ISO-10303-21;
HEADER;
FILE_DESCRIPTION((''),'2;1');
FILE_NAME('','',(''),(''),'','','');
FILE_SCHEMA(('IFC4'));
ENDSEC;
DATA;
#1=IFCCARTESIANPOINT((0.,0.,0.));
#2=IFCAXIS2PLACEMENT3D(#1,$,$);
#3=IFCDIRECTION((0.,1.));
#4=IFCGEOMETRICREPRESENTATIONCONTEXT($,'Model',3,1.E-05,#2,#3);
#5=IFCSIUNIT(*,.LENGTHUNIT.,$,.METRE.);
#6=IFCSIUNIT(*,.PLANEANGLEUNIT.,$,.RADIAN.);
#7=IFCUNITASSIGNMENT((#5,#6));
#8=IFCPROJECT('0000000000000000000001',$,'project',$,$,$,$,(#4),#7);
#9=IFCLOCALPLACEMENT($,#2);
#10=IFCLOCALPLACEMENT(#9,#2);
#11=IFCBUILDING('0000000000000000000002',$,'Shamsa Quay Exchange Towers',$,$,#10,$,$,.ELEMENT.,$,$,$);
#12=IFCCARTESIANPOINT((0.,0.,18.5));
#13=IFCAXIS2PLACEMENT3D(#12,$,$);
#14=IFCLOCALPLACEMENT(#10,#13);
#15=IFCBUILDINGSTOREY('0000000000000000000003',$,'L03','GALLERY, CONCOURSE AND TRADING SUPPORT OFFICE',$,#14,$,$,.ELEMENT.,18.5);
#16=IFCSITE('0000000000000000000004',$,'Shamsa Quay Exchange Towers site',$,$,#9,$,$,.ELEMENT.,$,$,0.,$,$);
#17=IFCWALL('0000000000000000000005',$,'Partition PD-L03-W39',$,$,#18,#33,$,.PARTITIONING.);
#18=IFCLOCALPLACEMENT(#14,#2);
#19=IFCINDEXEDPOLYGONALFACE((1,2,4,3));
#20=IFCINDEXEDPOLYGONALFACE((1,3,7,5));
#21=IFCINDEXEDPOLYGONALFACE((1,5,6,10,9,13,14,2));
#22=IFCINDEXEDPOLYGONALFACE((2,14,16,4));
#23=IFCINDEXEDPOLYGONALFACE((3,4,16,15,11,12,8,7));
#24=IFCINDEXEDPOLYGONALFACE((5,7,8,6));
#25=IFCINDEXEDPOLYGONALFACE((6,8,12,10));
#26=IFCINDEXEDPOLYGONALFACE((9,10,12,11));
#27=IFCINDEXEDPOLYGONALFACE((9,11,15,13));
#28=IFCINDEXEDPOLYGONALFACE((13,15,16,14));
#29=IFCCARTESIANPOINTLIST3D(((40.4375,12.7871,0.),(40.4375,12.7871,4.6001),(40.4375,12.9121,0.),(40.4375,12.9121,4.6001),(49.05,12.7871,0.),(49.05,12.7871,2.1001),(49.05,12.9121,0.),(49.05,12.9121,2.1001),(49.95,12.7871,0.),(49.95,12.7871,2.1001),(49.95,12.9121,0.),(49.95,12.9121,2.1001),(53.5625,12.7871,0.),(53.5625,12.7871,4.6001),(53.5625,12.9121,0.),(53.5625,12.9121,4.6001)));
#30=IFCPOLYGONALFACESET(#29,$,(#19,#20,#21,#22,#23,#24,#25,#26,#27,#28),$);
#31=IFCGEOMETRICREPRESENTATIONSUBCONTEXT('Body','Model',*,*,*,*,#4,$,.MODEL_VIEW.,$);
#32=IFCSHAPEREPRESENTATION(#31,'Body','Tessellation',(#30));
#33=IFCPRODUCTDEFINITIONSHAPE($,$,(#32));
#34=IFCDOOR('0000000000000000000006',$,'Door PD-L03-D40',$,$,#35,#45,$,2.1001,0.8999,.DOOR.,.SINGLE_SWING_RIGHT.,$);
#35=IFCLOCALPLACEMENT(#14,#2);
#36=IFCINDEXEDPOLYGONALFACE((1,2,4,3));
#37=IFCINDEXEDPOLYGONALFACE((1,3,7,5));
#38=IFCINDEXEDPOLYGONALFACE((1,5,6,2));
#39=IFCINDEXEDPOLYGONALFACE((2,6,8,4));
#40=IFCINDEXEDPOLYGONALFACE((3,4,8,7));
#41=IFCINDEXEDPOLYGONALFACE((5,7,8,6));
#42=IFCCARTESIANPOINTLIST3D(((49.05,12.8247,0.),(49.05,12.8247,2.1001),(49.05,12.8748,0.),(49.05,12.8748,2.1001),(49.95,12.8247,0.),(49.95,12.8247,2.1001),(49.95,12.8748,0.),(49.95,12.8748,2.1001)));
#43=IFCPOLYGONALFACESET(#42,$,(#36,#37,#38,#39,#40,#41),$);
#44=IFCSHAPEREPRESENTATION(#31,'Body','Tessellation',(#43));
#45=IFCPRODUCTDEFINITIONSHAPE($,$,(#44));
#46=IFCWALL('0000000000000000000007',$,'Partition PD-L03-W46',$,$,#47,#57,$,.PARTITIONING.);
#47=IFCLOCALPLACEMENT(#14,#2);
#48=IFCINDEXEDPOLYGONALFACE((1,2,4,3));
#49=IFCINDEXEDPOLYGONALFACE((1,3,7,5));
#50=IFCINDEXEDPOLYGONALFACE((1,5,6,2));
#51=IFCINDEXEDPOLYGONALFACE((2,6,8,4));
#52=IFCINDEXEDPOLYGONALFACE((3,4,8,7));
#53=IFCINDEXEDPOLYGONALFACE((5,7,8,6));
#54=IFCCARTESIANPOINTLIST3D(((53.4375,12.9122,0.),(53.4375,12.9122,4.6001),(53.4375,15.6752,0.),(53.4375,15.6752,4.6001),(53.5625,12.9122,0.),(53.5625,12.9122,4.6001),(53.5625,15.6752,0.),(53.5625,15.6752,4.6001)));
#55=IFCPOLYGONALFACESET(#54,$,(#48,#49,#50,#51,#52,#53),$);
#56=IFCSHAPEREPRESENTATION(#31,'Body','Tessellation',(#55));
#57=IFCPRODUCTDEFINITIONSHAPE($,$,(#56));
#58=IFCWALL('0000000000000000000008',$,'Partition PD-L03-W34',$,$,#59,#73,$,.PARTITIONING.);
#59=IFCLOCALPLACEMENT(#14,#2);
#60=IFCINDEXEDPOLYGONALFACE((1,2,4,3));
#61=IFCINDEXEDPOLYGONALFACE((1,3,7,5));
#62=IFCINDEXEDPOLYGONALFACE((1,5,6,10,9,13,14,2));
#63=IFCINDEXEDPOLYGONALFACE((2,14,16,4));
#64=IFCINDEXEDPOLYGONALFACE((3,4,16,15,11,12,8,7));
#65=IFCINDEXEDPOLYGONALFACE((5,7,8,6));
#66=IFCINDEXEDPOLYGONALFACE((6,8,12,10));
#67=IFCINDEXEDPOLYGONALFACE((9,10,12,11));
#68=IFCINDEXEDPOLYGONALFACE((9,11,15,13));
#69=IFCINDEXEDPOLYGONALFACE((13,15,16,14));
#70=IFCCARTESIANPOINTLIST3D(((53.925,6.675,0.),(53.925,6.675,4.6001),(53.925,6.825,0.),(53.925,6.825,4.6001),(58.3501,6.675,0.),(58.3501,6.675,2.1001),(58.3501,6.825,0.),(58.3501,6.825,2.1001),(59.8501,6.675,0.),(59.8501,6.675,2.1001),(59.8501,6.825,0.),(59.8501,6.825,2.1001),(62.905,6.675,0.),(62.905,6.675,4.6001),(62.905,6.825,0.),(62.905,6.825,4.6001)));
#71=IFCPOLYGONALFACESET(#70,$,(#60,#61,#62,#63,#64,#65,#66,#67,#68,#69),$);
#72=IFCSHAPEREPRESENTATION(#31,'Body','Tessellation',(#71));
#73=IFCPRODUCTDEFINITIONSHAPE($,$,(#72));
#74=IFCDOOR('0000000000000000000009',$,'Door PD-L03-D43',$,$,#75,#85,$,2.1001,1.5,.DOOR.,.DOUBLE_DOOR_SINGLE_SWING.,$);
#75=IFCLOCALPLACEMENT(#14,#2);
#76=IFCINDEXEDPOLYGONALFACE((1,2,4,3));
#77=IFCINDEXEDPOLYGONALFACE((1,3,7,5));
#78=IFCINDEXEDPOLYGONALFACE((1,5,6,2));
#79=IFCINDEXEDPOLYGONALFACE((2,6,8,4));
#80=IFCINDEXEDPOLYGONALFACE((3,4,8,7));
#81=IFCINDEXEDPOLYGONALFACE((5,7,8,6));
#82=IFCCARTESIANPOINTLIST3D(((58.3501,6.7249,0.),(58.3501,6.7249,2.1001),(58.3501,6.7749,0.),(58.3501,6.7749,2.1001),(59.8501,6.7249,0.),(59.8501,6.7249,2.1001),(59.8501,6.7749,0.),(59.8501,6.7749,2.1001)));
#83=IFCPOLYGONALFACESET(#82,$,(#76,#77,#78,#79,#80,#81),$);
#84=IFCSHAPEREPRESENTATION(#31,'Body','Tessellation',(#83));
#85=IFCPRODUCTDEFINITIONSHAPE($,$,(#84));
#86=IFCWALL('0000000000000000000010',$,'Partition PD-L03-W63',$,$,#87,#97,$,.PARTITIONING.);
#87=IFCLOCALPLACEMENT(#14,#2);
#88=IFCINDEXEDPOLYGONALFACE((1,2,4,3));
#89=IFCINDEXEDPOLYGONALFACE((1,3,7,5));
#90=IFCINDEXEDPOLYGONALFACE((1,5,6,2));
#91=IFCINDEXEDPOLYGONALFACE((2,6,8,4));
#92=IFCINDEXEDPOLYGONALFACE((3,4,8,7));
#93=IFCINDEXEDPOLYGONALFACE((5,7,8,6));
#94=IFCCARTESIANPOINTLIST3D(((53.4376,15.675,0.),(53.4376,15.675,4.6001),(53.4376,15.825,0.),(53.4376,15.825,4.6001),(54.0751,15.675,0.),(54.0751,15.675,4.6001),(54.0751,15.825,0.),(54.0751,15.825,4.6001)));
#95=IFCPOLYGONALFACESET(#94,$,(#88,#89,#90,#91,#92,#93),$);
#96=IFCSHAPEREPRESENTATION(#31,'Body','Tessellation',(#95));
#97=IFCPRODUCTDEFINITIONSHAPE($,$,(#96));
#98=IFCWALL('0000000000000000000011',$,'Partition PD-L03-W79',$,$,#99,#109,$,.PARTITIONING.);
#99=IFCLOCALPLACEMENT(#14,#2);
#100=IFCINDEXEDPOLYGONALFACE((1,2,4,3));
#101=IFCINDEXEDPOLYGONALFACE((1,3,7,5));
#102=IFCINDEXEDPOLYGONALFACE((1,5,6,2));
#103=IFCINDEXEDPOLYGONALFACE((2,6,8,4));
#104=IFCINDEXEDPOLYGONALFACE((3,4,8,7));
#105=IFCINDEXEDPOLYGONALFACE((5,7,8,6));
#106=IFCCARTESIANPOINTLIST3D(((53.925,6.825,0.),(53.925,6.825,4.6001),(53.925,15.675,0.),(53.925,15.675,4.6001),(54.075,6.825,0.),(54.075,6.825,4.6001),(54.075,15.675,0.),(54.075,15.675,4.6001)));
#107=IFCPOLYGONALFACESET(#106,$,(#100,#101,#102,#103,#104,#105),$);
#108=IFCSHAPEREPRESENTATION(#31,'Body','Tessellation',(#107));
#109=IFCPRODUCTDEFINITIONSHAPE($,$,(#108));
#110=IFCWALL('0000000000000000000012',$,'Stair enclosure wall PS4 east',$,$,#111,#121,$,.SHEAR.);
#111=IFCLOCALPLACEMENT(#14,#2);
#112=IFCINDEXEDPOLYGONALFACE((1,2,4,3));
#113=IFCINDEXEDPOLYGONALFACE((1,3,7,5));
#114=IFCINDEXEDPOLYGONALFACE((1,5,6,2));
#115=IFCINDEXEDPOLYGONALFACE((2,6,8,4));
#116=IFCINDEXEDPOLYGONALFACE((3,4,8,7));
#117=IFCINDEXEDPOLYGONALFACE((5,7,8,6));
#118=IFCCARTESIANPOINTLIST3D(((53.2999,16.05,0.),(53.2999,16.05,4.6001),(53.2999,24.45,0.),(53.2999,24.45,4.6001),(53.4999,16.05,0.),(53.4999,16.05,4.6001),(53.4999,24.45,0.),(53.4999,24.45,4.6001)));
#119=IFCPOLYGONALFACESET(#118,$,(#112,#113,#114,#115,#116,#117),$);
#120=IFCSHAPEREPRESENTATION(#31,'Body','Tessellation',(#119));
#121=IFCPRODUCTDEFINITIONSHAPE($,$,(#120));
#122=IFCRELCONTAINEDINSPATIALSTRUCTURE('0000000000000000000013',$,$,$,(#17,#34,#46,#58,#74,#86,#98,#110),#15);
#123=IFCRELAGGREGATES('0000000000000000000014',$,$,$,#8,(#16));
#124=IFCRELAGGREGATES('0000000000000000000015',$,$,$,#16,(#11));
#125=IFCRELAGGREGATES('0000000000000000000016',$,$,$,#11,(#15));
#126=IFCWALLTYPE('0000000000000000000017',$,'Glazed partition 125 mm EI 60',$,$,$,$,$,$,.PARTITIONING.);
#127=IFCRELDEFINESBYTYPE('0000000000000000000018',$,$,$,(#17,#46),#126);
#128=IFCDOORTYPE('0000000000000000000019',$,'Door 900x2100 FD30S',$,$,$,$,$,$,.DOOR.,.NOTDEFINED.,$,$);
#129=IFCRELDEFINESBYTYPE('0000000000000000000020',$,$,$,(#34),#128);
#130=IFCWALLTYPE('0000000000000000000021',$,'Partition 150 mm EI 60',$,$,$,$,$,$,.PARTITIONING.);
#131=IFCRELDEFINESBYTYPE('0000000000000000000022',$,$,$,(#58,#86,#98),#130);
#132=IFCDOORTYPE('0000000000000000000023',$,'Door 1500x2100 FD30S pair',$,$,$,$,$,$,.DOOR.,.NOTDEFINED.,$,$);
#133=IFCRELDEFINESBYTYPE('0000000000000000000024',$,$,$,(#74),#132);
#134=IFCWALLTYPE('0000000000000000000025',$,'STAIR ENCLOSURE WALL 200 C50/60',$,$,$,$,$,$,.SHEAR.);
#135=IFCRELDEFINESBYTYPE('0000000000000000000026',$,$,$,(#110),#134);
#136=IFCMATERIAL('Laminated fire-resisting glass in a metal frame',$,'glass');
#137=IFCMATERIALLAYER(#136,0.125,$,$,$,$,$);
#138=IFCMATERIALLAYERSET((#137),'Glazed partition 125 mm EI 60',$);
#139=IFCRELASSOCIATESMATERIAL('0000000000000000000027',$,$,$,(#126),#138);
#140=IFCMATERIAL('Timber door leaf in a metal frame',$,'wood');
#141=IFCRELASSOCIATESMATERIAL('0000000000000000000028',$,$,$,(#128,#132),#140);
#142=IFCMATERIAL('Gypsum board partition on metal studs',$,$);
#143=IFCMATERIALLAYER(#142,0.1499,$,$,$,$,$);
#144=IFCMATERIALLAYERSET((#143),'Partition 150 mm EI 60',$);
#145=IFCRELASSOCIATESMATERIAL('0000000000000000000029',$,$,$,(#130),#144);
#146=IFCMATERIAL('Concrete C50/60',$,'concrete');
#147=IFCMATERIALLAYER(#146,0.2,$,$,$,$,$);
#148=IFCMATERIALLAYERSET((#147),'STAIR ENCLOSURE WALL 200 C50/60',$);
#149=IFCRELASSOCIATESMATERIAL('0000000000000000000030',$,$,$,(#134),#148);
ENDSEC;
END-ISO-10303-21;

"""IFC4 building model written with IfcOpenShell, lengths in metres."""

from ifc_helpers import new_model, si_unit, direction, frame, frame_2d, origin, place, context, subcontext, project, spatial, rectangle, extrude, material, layer, layer_set, type_object, element, fill, save


model = new_model("IFC4")

# Units and contexts
model_context = context("Model", 3, precision=1e-05, world=origin(), true_north=direction((0.0, 1.0)))
body_context = subcontext(model_context, "Body", "Model", "MODEL_VIEW")
ifc_project = project(units=[si_unit("LENGTHUNIT", "METRE"), si_unit("PLANEANGLEUNIT", "RADIAN")], contexts=[model_context])

# Site, building, storey
site_placement = place(None, origin())
site = spatial("IfcSite", under=ifc_project, at=site_placement, Name="Shamsa Quay Exchange Towers site", CompositionType="ELEMENT", RefElevation=0.0)
building_placement = place(site_placement, origin())
building = spatial("IfcBuilding", under=site, at=building_placement, Name="Shamsa Quay Exchange Towers", CompositionType="ELEMENT")
storey_placement = place(building_placement, frame((0.0, 0.0, 18.5)))
storey = spatial("IfcBuildingStorey", under=building, at=storey_placement, Name="L03", Description="GALLERY, CONCOURSE AND TRADING SUPPORT OFFICE", CompositionType="ELEMENT", Elevation=18.5)

# Wall, opening, door
ifc_material_1 = material(Name="Laminated fire-resisting glass in a metal frame", Category="glass")
ifc_layer_1 = layer(ifc_material_1, 0.125)
ifc_layer_set_1 = layer_set([ifc_layer_1], Name="Glazed partition 125 mm EI 60")
wall_type_1 = type_object("IfcWallType", Name="Glazed partition 125 mm EI 60", PredefinedType="PARTITIONING", material=ifc_layer_set_1)
wall_1_placement = place(storey_placement, frame((53.5625, 12.8496, 0.0), z_axis=(0.0, 0.0, 1.0), x_axis=(-1.0, 0.0, 0.0)))
wall_1 = element("IfcWall", 1, at=wall_1_placement, inside=storey, type_object=wall_type_1, Name="Partition PD-L03-W39", PredefinedType="PARTITIONING", context=body_context, shape_type="SweptSolid", body=[
    extrude(rectangle(XDim=13.125, YDim=0.125, at=frame_2d((6.5625, 0.0))), origin(), (0.0, 0.0, 1.0), 4.6001),
])
opening_1_placement = place(wall_1_placement, frame((3.6125, 0.0, 0.0)))
opening_1 = element("IfcOpeningElement", 2, at=opening_1_placement, cuts=wall_1, PredefinedType="OPENING", context=body_context, shape_type="SweptSolid", body=[
    extrude(rectangle(XDim=0.8999, YDim=2.1001, at=frame_2d((0.45, 1.05))), frame((0.0, 0.0725, 0.0), z_axis=(0.0, -1.0, 0.0), x_axis=(1.0, 0.0, 0.0)), (0.0, 0.0, 1.0), 0.145),
])
ifc_material_2 = material(Name="Timber door leaf in a metal frame", Category="wood")
door_type_1 = type_object("IfcDoorType", Name="Door 900x2100 FD30S", OperationType="NOTDEFINED", PredefinedType="DOOR", material=ifc_material_2)
door_1_placement = place(opening_1_placement, origin())
door_1 = element("IfcDoor", 3, at=door_1_placement, inside=storey, type_object=door_type_1, Name="Door PD-L03-D40", OperationType="SINGLE_SWING_RIGHT", OverallHeight=2.1001, OverallWidth=0.8999, PredefinedType="DOOR", context=body_context, shape_type="SweptSolid", body=[
    extrude(rectangle(XDim=0.8999, YDim=2.1001, at=frame_2d((0.45, 1.05))), frame((0.0, 0.0249, 0.0), z_axis=(0.0, -1.0, 0.0), x_axis=(1.0, 0.0, 0.0)), (0.0, 0.0, 1.0), 0.05),
])
fill(opening_1, door_1)

# Wall
wall_2_placement = place(storey_placement, frame((53.5, 15.675, 0.0), z_axis=(0.0, 0.0, 1.0), x_axis=(0.0, -1.0, 0.0)))
element("IfcWall", 4, at=wall_2_placement, inside=storey, type_object=wall_type_1, Name="Partition PD-L03-W46", PredefinedType="PARTITIONING", context=body_context, shape_type="SweptSolid", body=[
    extrude(rectangle(XDim=2.7629, YDim=0.125, at=frame_2d((1.3813, 0.0))), origin(), (0.0, 0.0, 1.0), 4.6001),
])

# Wall, opening, door
ifc_material_3 = material(Name="Gypsum board partition on metal studs")
ifc_layer_2 = layer(ifc_material_3, 0.1499)
ifc_layer_set_2 = layer_set([ifc_layer_2], Name="Partition 150 mm EI 60")
wall_type_2 = type_object("IfcWallType", Name="Partition 150 mm EI 60", PredefinedType="PARTITIONING", material=ifc_layer_set_2)
wall_3_placement = place(storey_placement, frame((53.925, 6.75, 0.0)))
wall_3 = element("IfcWall", 5, at=wall_3_placement, inside=storey, type_object=wall_type_2, Name="Partition PD-L03-W34", PredefinedType="PARTITIONING", context=body_context, shape_type="SweptSolid", body=[
    extrude(rectangle(XDim=8.98, YDim=0.1499, at=frame_2d((4.49, 0.0))), origin(), (0.0, 0.0, 1.0), 4.6001),
])
opening_2_placement = place(wall_3_placement, frame((4.425, 0.0, 0.0)))
opening_2 = element("IfcOpeningElement", 6, at=opening_2_placement, cuts=wall_3, PredefinedType="OPENING", context=body_context, shape_type="SweptSolid", body=[
    extrude(rectangle(XDim=1.5, YDim=2.1001, at=frame_2d((0.75, 1.05))), frame((0.0, 0.085, 0.0), z_axis=(0.0, -1.0, 0.0), x_axis=(1.0, 0.0, 0.0)), (0.0, 0.0, 1.0), 0.1699),
])
door_type_2 = type_object("IfcDoorType", Name="Door 1500x2100 FD30S pair", OperationType="NOTDEFINED", PredefinedType="DOOR", material=ifc_material_2)
door_2_placement = place(opening_2_placement, origin())
door_2 = element("IfcDoor", 7, at=door_2_placement, inside=storey, type_object=door_type_2, Name="Door PD-L03-D43", OperationType="DOUBLE_DOOR_SINGLE_SWING", OverallHeight=2.1001, OverallWidth=1.5, PredefinedType="DOOR", context=body_context, shape_type="SweptSolid", body=[
    extrude(rectangle(XDim=1.5, YDim=2.1001, at=frame_2d((0.75, 1.05))), frame((0.0, 0.0249, 0.0), z_axis=(0.0, -1.0, 0.0), x_axis=(1.0, 0.0, 0.0)), (0.0, 0.0, 1.0), 0.05),
])
fill(opening_2, door_2)

# Walls
wall_4_placement = place(storey_placement, frame((53.4375, 15.75, 0.0)))
element("IfcWall", 8, at=wall_4_placement, inside=storey, type_object=wall_type_2, Name="Partition PD-L03-W63", PredefinedType="PARTITIONING", context=body_context, shape_type="SweptSolid", body=[
    extrude(rectangle(XDim=0.6375, YDim=0.1499, at=frame_2d((0.3188, 0.0))), origin(), (0.0, 0.0, 1.0), 4.6001),
])
wall_5_placement = place(storey_placement, frame((54.0, 15.675, 0.0), z_axis=(0.0, 0.0, 1.0), x_axis=(0.0, -1.0, 0.0)))
element("IfcWall", 9, at=wall_5_placement, inside=storey, type_object=wall_type_2, Name="Partition PD-L03-W79", PredefinedType="PARTITIONING", context=body_context, shape_type="SweptSolid", body=[
    extrude(rectangle(XDim=8.8501, YDim=0.1499, at=frame_2d((4.425, 0.0))), origin(), (0.0, 0.0, 1.0), 4.6001),
])
ifc_material_4 = material(Name="Concrete C50/60", Category="concrete")
ifc_layer_3 = layer(ifc_material_4, 0.2)
ifc_layer_set_3 = layer_set([ifc_layer_3], Name="STAIR ENCLOSURE WALL 200 C50/60")
wall_type_3 = type_object("IfcWallType", Name="STAIR ENCLOSURE WALL 200 C50/60", PredefinedType="SHEAR", material=ifc_layer_set_3)
wall_6_placement = place(storey_placement, frame((53.3999, 16.05, 0.0), z_axis=(0.0, 0.0, 1.0), x_axis=(0.0, 1.0, 0.0)))
element("IfcWall", 10, at=wall_6_placement, inside=storey, type_object=wall_type_3, Name="Stair enclosure wall PS4 east", PredefinedType="SHEAR", context=body_context, shape_type="SweptSolid", body=[
    extrude(rectangle(XDim=8.3999, YDim=0.2, at=frame_2d((4.2, 0.0))), origin(), (0.0, 0.0, 1.0), 4.6001),
])

save(model, "model.ifc")
